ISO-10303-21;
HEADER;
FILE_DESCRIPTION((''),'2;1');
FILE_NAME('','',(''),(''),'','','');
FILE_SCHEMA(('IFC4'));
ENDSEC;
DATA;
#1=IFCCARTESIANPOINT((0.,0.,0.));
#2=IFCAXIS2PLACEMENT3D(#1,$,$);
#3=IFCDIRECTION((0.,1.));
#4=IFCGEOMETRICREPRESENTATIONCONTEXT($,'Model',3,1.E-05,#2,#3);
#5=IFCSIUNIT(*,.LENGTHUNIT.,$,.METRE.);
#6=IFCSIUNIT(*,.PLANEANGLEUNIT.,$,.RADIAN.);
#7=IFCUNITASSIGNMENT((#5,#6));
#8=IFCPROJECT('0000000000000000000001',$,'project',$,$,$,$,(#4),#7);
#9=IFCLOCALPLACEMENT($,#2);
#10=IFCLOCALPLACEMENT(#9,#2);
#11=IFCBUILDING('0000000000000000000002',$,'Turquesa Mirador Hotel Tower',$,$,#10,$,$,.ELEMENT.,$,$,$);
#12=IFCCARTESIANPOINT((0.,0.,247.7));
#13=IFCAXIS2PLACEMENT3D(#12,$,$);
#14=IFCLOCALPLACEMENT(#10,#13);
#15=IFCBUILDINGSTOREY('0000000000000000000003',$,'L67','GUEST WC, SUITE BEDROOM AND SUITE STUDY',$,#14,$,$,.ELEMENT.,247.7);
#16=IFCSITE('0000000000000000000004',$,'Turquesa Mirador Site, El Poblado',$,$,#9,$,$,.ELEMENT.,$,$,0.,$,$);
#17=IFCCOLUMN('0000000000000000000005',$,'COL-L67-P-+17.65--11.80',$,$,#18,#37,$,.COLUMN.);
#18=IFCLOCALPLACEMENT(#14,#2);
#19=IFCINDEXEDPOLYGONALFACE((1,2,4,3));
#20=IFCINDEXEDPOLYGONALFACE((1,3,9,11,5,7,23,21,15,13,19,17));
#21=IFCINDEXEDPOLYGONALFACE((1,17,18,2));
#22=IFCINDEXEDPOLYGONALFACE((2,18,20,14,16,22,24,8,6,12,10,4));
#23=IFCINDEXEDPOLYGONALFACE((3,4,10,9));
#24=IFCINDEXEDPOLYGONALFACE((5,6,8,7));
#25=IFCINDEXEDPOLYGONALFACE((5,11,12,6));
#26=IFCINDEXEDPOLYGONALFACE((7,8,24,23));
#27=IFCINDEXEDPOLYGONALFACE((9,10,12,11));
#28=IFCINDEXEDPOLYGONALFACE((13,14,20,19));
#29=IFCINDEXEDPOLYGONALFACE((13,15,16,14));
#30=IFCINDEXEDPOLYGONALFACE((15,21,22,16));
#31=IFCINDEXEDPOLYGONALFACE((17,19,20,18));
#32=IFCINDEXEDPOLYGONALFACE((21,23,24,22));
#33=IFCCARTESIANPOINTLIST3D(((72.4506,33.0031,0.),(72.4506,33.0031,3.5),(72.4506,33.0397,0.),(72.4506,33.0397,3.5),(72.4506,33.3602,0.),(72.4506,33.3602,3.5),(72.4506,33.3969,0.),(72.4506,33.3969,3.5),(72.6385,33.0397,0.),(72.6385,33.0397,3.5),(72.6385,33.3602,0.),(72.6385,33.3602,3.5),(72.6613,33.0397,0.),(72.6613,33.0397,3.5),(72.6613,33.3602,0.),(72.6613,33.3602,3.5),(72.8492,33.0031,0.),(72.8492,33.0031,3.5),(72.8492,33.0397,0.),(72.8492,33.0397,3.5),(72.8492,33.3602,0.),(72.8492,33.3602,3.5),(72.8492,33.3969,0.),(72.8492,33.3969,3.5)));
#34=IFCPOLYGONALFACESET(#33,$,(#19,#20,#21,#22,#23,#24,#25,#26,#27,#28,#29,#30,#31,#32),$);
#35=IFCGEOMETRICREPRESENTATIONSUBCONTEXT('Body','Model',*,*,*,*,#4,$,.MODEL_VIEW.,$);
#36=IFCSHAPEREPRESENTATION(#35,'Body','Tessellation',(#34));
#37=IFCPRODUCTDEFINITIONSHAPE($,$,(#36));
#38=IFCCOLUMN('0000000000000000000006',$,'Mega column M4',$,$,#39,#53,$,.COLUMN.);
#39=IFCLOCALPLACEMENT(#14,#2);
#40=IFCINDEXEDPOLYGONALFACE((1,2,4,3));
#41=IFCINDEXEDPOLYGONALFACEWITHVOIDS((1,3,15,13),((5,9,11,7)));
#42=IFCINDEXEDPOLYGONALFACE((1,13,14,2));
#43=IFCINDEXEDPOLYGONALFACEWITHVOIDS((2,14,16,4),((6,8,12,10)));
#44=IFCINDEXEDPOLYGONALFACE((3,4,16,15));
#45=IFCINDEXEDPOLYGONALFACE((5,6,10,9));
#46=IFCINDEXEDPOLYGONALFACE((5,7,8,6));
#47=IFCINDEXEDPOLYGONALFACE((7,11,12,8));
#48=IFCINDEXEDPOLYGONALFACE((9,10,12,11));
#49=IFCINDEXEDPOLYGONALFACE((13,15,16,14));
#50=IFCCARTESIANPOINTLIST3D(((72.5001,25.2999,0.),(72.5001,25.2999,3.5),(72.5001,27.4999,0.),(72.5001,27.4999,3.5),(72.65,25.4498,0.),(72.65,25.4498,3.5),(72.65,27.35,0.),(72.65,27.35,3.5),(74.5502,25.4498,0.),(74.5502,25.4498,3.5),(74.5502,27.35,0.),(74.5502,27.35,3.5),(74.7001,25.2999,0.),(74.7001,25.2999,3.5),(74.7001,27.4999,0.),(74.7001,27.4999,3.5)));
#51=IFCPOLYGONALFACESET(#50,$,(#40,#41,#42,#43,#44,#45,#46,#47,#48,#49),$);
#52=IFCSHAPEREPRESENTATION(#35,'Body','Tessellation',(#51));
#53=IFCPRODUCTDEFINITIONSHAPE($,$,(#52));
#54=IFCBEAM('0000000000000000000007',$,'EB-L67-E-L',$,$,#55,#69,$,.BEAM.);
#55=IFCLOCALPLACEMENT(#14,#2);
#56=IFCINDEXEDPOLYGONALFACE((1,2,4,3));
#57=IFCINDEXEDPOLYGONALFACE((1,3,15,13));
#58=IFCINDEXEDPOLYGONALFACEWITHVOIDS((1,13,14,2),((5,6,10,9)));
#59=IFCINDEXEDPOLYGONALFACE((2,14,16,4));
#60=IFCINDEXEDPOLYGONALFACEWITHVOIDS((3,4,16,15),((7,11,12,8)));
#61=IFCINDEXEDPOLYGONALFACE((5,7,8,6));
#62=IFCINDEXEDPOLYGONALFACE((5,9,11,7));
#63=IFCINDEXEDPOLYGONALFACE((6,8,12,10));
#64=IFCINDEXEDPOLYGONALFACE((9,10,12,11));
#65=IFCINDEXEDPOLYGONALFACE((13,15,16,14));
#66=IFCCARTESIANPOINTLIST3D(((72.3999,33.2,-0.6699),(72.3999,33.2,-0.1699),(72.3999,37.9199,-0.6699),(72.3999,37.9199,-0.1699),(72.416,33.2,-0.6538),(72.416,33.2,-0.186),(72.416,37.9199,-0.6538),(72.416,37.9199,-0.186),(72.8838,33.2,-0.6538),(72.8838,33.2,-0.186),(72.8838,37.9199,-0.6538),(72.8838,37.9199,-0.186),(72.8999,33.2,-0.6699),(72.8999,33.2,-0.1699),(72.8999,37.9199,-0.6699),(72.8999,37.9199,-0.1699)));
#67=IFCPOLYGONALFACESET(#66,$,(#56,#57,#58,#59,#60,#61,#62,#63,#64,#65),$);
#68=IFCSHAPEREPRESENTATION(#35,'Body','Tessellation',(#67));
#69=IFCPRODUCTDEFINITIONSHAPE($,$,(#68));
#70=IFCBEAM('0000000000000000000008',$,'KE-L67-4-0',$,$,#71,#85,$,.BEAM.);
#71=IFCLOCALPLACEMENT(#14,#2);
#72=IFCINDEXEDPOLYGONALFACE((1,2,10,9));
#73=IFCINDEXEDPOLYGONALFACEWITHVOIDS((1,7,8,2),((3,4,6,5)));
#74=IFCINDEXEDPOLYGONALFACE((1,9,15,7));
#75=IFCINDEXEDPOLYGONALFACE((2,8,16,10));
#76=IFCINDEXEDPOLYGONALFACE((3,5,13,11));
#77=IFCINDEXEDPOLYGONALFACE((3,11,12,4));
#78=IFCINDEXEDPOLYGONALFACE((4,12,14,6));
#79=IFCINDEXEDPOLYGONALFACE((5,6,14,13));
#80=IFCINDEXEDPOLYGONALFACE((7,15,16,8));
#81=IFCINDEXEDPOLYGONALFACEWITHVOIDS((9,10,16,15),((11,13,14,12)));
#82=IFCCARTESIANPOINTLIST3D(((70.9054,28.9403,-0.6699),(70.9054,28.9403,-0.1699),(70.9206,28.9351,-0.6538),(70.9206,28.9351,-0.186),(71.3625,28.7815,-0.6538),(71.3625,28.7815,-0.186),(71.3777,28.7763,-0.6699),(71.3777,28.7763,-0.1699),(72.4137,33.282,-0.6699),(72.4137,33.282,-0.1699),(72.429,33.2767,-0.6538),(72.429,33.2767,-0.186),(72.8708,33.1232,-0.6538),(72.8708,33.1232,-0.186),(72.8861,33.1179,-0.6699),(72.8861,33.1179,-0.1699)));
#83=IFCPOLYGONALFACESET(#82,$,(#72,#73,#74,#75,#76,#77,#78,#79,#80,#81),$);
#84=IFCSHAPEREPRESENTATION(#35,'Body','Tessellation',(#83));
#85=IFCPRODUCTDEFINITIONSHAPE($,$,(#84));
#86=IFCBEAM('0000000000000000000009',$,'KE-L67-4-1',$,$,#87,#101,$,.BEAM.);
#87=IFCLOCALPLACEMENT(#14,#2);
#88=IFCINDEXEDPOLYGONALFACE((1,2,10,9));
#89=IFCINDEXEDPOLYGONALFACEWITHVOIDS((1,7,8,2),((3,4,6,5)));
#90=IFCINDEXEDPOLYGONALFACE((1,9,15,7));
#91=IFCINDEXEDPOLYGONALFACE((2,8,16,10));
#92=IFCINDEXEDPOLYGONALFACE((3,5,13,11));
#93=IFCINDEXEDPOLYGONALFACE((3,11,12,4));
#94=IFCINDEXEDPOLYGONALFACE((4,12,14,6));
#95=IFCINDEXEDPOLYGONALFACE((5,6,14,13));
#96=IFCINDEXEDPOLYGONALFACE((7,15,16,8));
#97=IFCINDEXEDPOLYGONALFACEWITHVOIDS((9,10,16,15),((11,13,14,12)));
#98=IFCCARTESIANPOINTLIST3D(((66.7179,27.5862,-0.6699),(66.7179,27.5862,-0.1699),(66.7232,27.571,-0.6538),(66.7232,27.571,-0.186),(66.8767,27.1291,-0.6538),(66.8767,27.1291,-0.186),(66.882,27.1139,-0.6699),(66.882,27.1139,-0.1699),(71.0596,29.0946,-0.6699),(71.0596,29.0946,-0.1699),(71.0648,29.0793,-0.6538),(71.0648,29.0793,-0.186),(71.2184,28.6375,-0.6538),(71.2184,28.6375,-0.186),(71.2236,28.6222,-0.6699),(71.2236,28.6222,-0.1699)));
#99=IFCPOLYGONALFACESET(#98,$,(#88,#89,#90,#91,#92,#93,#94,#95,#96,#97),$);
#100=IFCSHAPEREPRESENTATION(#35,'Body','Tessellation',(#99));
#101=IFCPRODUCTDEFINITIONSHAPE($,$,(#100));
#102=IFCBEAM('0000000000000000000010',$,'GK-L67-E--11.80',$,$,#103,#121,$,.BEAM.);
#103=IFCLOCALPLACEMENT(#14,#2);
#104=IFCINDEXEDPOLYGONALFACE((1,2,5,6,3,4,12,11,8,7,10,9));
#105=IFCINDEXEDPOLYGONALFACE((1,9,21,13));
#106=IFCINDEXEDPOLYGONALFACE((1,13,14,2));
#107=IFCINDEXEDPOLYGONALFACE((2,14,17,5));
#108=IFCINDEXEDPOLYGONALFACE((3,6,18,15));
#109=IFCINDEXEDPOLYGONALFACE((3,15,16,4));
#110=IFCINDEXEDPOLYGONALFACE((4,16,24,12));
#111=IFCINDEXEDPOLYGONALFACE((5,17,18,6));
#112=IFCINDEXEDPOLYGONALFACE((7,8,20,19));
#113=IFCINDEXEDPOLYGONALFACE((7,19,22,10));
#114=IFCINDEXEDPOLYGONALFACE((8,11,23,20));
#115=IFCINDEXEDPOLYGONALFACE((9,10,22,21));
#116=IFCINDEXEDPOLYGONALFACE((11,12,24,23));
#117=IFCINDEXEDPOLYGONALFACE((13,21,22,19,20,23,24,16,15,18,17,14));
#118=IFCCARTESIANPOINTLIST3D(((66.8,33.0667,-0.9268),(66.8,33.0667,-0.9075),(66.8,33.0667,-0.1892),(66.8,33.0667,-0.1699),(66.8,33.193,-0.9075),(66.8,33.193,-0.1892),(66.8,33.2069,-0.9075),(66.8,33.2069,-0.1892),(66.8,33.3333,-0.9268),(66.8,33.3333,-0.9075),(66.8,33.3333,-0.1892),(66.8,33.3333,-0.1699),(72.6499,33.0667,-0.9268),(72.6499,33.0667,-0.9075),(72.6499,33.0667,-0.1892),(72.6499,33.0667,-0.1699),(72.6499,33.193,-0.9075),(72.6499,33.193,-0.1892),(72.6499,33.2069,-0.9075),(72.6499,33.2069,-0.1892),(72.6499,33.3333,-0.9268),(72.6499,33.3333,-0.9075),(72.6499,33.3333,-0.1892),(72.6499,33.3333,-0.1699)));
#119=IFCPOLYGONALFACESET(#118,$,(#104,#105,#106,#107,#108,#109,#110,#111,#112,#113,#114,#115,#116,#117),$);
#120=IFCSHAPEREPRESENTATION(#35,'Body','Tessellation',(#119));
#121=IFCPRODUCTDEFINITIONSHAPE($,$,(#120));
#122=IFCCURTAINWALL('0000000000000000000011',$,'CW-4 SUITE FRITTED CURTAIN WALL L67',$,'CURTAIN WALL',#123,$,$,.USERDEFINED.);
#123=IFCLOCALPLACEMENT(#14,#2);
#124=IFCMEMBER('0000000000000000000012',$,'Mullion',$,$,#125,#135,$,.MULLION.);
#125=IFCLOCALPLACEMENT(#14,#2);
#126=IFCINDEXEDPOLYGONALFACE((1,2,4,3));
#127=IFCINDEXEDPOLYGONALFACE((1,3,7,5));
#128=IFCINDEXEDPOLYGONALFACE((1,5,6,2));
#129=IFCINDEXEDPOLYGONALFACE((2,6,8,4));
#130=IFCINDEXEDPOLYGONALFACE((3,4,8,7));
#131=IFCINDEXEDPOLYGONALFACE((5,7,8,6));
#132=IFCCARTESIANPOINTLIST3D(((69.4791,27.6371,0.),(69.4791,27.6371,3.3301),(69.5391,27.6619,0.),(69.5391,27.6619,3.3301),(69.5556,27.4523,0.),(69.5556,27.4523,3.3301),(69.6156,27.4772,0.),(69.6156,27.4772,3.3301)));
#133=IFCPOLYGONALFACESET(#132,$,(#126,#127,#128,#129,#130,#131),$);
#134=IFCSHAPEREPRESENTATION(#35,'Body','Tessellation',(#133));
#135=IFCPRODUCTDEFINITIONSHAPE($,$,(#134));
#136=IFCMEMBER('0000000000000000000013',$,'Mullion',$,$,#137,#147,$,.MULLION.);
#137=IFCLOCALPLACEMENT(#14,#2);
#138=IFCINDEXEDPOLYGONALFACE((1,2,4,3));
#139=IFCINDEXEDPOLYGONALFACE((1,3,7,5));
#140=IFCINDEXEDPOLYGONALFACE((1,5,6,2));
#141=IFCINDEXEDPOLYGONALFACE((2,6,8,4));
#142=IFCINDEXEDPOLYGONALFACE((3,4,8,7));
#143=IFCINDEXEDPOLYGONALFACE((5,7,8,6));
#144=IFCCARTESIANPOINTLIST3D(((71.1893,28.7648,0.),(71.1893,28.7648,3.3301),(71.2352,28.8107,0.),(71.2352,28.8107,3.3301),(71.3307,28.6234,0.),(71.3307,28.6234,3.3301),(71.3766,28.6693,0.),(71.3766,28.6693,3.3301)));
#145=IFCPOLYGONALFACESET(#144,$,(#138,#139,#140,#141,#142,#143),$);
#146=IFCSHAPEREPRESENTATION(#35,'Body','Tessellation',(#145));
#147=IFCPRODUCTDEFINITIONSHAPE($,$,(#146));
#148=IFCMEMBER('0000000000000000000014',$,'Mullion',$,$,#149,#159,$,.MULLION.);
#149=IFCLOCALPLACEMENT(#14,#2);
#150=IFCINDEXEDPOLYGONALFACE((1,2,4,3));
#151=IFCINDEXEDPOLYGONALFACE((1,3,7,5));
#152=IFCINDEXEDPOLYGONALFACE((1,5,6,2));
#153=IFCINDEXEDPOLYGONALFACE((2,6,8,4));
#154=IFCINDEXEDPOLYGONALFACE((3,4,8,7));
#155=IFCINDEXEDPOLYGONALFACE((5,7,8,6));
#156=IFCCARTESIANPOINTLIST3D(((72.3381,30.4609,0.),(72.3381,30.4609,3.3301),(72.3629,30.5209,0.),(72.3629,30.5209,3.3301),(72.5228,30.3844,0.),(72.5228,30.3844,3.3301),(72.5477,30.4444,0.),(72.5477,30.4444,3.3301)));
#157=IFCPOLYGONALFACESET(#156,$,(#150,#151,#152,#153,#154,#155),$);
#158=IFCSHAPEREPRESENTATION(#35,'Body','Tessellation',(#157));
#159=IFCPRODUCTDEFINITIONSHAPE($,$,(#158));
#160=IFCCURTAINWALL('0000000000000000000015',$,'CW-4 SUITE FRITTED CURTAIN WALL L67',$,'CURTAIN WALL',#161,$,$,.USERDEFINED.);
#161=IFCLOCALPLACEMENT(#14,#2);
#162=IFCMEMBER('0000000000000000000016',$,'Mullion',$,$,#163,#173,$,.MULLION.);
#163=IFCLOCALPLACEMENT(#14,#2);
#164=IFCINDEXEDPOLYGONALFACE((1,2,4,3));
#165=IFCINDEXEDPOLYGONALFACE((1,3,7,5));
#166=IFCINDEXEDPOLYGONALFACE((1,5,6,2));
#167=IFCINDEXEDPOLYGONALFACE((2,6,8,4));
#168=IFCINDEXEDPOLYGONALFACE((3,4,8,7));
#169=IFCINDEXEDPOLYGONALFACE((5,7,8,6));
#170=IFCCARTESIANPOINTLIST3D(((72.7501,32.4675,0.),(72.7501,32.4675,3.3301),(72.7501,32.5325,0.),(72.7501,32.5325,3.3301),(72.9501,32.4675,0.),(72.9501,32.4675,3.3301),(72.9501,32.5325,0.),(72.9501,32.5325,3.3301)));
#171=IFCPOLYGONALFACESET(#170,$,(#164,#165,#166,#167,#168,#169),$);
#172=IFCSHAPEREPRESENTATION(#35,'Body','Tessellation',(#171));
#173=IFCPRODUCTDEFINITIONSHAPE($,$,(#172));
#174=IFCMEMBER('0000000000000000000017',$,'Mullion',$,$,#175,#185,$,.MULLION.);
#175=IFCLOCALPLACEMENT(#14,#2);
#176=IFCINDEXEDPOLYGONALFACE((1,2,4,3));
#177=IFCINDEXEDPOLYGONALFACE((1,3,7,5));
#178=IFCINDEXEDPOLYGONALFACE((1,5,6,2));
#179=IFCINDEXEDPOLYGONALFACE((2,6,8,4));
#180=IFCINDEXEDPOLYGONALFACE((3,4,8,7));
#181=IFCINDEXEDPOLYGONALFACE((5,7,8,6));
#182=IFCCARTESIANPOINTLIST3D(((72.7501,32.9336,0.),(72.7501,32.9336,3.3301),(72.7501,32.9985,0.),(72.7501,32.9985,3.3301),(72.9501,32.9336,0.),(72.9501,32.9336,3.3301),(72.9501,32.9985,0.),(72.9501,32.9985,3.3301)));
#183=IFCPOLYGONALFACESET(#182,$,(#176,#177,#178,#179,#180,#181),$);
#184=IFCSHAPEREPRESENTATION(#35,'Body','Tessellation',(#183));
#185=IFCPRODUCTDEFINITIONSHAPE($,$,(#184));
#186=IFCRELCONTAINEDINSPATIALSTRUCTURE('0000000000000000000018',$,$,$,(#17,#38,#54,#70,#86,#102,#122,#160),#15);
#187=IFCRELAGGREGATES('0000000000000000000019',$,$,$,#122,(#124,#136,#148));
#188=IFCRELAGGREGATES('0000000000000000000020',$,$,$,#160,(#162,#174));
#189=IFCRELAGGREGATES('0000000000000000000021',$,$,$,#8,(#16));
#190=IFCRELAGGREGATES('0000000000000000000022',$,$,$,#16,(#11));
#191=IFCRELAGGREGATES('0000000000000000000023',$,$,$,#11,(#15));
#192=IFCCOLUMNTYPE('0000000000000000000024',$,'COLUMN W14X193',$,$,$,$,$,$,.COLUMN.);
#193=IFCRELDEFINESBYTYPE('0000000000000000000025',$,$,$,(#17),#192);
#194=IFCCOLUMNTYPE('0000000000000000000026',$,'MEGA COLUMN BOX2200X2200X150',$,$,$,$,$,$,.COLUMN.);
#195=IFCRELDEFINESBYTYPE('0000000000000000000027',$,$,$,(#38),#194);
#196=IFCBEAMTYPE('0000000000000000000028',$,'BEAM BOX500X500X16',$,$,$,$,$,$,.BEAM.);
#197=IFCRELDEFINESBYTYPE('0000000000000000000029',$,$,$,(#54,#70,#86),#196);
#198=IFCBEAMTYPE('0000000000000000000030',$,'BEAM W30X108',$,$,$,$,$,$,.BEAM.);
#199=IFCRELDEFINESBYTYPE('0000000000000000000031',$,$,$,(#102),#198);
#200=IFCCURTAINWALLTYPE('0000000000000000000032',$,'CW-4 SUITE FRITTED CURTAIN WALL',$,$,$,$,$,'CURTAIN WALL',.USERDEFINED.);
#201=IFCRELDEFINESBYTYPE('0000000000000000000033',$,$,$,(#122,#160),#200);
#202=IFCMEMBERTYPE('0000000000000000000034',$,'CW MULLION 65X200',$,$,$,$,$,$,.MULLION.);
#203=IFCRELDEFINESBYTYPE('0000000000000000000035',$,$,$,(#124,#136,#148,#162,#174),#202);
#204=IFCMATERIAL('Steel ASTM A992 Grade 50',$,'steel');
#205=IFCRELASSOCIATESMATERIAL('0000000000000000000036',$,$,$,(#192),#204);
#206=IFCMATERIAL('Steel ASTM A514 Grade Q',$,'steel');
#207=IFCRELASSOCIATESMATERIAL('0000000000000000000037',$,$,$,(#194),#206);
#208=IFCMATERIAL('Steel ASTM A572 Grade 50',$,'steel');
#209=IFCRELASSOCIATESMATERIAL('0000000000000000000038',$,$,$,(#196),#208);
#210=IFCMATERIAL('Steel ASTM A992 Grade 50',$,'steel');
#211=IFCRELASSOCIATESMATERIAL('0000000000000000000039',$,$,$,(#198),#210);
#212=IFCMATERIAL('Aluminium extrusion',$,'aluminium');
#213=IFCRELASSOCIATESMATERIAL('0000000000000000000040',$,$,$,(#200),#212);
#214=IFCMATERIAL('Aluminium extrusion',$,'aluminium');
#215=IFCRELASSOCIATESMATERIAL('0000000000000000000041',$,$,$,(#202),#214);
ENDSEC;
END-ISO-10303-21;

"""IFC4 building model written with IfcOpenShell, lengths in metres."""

from ifc_helpers import new_model, si_unit, direction, frame, origin, origin_2d, place, context, subcontext, project, spatial, rectangle, hollow_rectangle, i_section, extrude, material, material_profile, profile_set, type_object, element, aggregate, save


model = new_model("IFC4")

# Units and contexts
model_context = context("Model", 3, precision=1e-05, world=origin(), true_north=direction((0.0, 1.0)))
body_context = subcontext(model_context, "Body", "Model", "MODEL_VIEW")
ifc_project = project(units=[si_unit("LENGTHUNIT", "METRE"), si_unit("PLANEANGLEUNIT", "RADIAN")], contexts=[model_context])

# Site, building, storey
site_placement = place(None, origin())
site = spatial("IfcSite", under=ifc_project, at=site_placement, Name="Turquesa Mirador Site, El Poblado", CompositionType="ELEMENT", RefElevation=0.0)
building_placement = place(site_placement, origin())
building = spatial("IfcBuilding", under=site, at=building_placement, Name="Turquesa Mirador Hotel Tower", CompositionType="ELEMENT")
storey_placement = place(building_placement, frame((0.0, 0.0, 247.7)))
storey = spatial("IfcBuildingStorey", under=building, at=storey_placement, Name="L67", Description="GUEST WC, SUITE BEDROOM AND SUITE STUDY", CompositionType="ELEMENT", Elevation=247.7)

# Columns
ifc_material_1 = material(Name="Steel ASTM A992 Grade 50", Category="steel")
ifc_material_profile_1 = material_profile(ifc_material_1, i_section(OverallWidth=0.3987, OverallDepth=0.3938, WebThickness=0.0227, FlangeThickness=0.0366, at=origin_2d()), Name="W14X193")
ifc_profile_set_1 = profile_set([ifc_material_profile_1], Name="Steel ASTM A992 Grade 50")
column_type_1 = type_object("IfcColumnType", Name="COLUMN W14X193", PredefinedType="COLUMN", material=ifc_profile_set_1)
column_1_placement = place(storey_placement, frame((72.6499, 33.2, 0.0), z_axis=(0.0, 0.0, 1.0), x_axis=(1.0, 0.0, 0.0)))
element("IfcColumn", 1, at=column_1_placement, inside=storey, type_object=column_type_1, Name="COL-L67-P-+17.65--11.80", PredefinedType="COLUMN", context=body_context, shape_type="SweptSolid", body=[
    extrude(i_section(OverallWidth=0.3987, OverallDepth=0.3938, WebThickness=0.0227, FlangeThickness=0.0366, at=origin_2d()), origin(), (0.0, 0.0, 1.0), 3.5),
])
ifc_material_2 = material(Name="Steel ASTM A514 Grade Q", Category="steel")
ifc_material_profile_2 = material_profile(ifc_material_2, hollow_rectangle(XDim=2.2, YDim=2.2, WallThickness=0.1499, at=origin_2d()), Name="BOX2200X2200X150")
ifc_profile_set_2 = profile_set([ifc_material_profile_2], Name="Steel ASTM A514 Grade Q")
column_type_2 = type_object("IfcColumnType", Name="MEGA COLUMN BOX2200X2200X150", PredefinedType="COLUMN", material=ifc_profile_set_2)
column_2_placement = place(storey_placement, frame((73.6001, 26.3999, 0.0), z_axis=(0.0, 0.0, 1.0), x_axis=(1.0, 0.0, 0.0)))
element("IfcColumn", 2, at=column_2_placement, inside=storey, type_object=column_type_2, Name="Mega column M4", PredefinedType="COLUMN", context=body_context, shape_type="SweptSolid", body=[
    extrude(hollow_rectangle(XDim=2.2, YDim=2.2, WallThickness=0.1499, at=origin_2d()), origin(), (0.0, 0.0, 1.0), 3.5),
])

# Beams
ifc_material_3 = material(Name="Steel ASTM A572 Grade 50", Category="steel")
ifc_material_profile_3 = material_profile(ifc_material_3, hollow_rectangle(XDim=0.5, YDim=0.5, WallThickness=0.0161, at=origin_2d()), Name="BOX500X500X16")
ifc_profile_set_3 = profile_set([ifc_material_profile_3], Name="Steel ASTM A572 Grade 50")
beam_type_1 = type_object("IfcBeamType", Name="BEAM BOX500X500X16", PredefinedType="BEAM", material=ifc_profile_set_3)
beam_1_placement = place(storey_placement, frame((72.6499, 33.2, -0.4199), z_axis=(0.0, 1.0, 0.0), x_axis=(-1.0, 0.0, 0.0)))
element("IfcBeam", 3, at=beam_1_placement, inside=storey, type_object=beam_type_1, Name="EB-L67-E-L", PredefinedType="BEAM", context=body_context, shape_type="SweptSolid", body=[
    extrude(hollow_rectangle(XDim=0.5, YDim=0.5, WallThickness=0.0161, at=origin_2d()), origin(), (0.0, 0.0, 1.0), 4.72),
])
for number, where, z_axis, x_axis, name in (
    (4, (72.6499, 33.2, -0.4199), (-0.32817, -0.944619, 0.0), (0.944619, -0.32817, 0.0), "KE-L67-4-0"),
    (5, (71.1416, 28.8584, -0.4199), (-0.944619, -0.32817, 0.0), (0.32817, -0.944619, 0.0), "KE-L67-4-1"),
):
    element("IfcBeam", number, at=place(storey_placement, frame(where, z_axis=z_axis, x_axis=x_axis)), inside=storey, type_object=beam_type_1, Name=name, PredefinedType="BEAM", context=body_context, shape_type="SweptSolid", body=[
        extrude(hollow_rectangle(XDim=0.5, YDim=0.5, WallThickness=0.0161, at=origin_2d()), origin(), (0.0, 0.0, 1.0), 4.5962),
    ])
ifc_material_4 = material(Name="Steel ASTM A992 Grade 50", Category="steel")
ifc_material_profile_4 = material_profile(ifc_material_4, i_section(OverallWidth=0.2666, OverallDepth=0.7568, WebThickness=0.0139, FlangeThickness=0.0193, at=origin_2d()), Name="W30X108")
ifc_profile_set_4 = profile_set([ifc_material_profile_4], Name="Steel ASTM A992 Grade 50")
beam_type_2 = type_object("IfcBeamType", Name="BEAM W30X108", PredefinedType="BEAM", material=ifc_profile_set_4)
beam_2_placement = place(storey_placement, frame((72.6499, 33.2, -0.5483), z_axis=(-1.0, 0.0, 0.0), x_axis=(0.0, -1.0, 0.0)))
element("IfcBeam", 6, at=beam_2_placement, inside=storey, type_object=beam_type_2, Name="GK-L67-E--11.80", PredefinedType="BEAM", context=body_context, shape_type="SweptSolid", body=[
    extrude(i_section(OverallWidth=0.2666, OverallDepth=0.7568, WebThickness=0.0139, FlangeThickness=0.0193, at=origin_2d()), origin(), (0.0, 0.0, 1.0), 5.8499),
])

# Curtain walls, members
ifc_material_5 = material(Name="Aluminium extrusion", Category="aluminium")
curtain_wall_type = type_object("IfcCurtainWallType", Name="CW-4 SUITE FRITTED CURTAIN WALL", ElementType="CURTAIN WALL", PredefinedType="USERDEFINED", material=ifc_material_5)
curtain_wall_1_placement = place(storey_placement, origin())
curtain_wall_1 = element("IfcCurtainWall", 7, at=curtain_wall_1_placement, inside=storey, type_object=curtain_wall_type, Name="CW-4 SUITE FRITTED CURTAIN WALL L67", ObjectType="CURTAIN WALL", PredefinedType="USERDEFINED")
ifc_material_6 = material(Name="Aluminium extrusion", Category="aluminium")
ifc_material_profile_5 = material_profile(ifc_material_6, rectangle(XDim=0.0649, YDim=0.2, at=origin_2d()), Name="MULLION 65X200")
ifc_profile_set_5 = profile_set([ifc_material_profile_5], Name="Aluminium extrusion")
member_type_1 = type_object("IfcMemberType", Name="CW MULLION 65X200", PredefinedType="MULLION", material=ifc_profile_set_5)
member_1_placement = place(storey_placement, frame((69.5474, 27.5571, 0.0), z_axis=(0.0, 0.0, 1.0), x_axis=(0.92388, 0.382683, 0.0)))
member_1 = element("IfcMember", 8, at=member_1_placement, type_object=member_type_1, Name="Mullion", PredefinedType="MULLION", context=body_context, shape_type="SweptSolid", body=[
    extrude(rectangle(XDim=0.0649, YDim=0.2, at=origin_2d()), origin(), (0.0, 0.0, 1.0), 3.3301),
])
member_2_placement = place(storey_placement, frame((71.283, 28.717, 0.0), z_axis=(0.0, 0.0, 1.0), x_axis=(0.707107, 0.707107, 0.0)))
member_2 = element("IfcMember", 9, at=member_2_placement, type_object=member_type_1, Name="Mullion", PredefinedType="MULLION", context=body_context, shape_type="SweptSolid", body=[
    extrude(rectangle(XDim=0.0649, YDim=0.2, at=origin_2d()), origin(), (0.0, 0.0, 1.0), 3.3301),
])
member_3_placement = place(storey_placement, frame((72.4429, 30.4526, 0.0), z_axis=(0.0, 0.0, 1.0), x_axis=(0.382683, 0.92388, 0.0)))
member_3 = element("IfcMember", 10, at=member_3_placement, type_object=member_type_1, Name="Mullion", PredefinedType="MULLION", context=body_context, shape_type="SweptSolid", body=[
    extrude(rectangle(XDim=0.0649, YDim=0.2, at=origin_2d()), origin(), (0.0, 0.0, 1.0), 3.3301),
])
curtain_wall_2_placement = place(storey_placement, origin())
curtain_wall_2 = element("IfcCurtainWall", 11, at=curtain_wall_2_placement, inside=storey, type_object=curtain_wall_type, Name="CW-4 SUITE FRITTED CURTAIN WALL L67", ObjectType="CURTAIN WALL", PredefinedType="USERDEFINED")
member_4_placement = place(storey_placement, frame((72.8501, 32.5, 0.0), z_axis=(0.0, 0.0, 1.0), x_axis=(0.0, 1.0, 0.0)))
member_4 = element("IfcMember", 12, at=member_4_placement, type_object=member_type_1, Name="Mullion", PredefinedType="MULLION", context=body_context, shape_type="SweptSolid", body=[
    extrude(rectangle(XDim=0.0649, YDim=0.2, at=origin_2d()), origin(), (0.0, 0.0, 1.0), 3.3301),
])
member_5_placement = place(storey_placement, frame((72.8501, 32.9661, 0.0), z_axis=(0.0, 0.0, 1.0), x_axis=(0.0, 1.0, 0.0)))
member_5 = element("IfcMember", 13, at=member_5_placement, type_object=member_type_1, Name="Mullion", PredefinedType="MULLION", context=body_context, shape_type="SweptSolid", body=[
    extrude(rectangle(XDim=0.0649, YDim=0.2, at=origin_2d()), origin(), (0.0, 0.0, 1.0), 3.3301),
])

aggregate(curtain_wall_1, [member_1, member_2, member_3])
aggregate(curtain_wall_2, [member_4, member_5])

save(model, "model.ifc")
